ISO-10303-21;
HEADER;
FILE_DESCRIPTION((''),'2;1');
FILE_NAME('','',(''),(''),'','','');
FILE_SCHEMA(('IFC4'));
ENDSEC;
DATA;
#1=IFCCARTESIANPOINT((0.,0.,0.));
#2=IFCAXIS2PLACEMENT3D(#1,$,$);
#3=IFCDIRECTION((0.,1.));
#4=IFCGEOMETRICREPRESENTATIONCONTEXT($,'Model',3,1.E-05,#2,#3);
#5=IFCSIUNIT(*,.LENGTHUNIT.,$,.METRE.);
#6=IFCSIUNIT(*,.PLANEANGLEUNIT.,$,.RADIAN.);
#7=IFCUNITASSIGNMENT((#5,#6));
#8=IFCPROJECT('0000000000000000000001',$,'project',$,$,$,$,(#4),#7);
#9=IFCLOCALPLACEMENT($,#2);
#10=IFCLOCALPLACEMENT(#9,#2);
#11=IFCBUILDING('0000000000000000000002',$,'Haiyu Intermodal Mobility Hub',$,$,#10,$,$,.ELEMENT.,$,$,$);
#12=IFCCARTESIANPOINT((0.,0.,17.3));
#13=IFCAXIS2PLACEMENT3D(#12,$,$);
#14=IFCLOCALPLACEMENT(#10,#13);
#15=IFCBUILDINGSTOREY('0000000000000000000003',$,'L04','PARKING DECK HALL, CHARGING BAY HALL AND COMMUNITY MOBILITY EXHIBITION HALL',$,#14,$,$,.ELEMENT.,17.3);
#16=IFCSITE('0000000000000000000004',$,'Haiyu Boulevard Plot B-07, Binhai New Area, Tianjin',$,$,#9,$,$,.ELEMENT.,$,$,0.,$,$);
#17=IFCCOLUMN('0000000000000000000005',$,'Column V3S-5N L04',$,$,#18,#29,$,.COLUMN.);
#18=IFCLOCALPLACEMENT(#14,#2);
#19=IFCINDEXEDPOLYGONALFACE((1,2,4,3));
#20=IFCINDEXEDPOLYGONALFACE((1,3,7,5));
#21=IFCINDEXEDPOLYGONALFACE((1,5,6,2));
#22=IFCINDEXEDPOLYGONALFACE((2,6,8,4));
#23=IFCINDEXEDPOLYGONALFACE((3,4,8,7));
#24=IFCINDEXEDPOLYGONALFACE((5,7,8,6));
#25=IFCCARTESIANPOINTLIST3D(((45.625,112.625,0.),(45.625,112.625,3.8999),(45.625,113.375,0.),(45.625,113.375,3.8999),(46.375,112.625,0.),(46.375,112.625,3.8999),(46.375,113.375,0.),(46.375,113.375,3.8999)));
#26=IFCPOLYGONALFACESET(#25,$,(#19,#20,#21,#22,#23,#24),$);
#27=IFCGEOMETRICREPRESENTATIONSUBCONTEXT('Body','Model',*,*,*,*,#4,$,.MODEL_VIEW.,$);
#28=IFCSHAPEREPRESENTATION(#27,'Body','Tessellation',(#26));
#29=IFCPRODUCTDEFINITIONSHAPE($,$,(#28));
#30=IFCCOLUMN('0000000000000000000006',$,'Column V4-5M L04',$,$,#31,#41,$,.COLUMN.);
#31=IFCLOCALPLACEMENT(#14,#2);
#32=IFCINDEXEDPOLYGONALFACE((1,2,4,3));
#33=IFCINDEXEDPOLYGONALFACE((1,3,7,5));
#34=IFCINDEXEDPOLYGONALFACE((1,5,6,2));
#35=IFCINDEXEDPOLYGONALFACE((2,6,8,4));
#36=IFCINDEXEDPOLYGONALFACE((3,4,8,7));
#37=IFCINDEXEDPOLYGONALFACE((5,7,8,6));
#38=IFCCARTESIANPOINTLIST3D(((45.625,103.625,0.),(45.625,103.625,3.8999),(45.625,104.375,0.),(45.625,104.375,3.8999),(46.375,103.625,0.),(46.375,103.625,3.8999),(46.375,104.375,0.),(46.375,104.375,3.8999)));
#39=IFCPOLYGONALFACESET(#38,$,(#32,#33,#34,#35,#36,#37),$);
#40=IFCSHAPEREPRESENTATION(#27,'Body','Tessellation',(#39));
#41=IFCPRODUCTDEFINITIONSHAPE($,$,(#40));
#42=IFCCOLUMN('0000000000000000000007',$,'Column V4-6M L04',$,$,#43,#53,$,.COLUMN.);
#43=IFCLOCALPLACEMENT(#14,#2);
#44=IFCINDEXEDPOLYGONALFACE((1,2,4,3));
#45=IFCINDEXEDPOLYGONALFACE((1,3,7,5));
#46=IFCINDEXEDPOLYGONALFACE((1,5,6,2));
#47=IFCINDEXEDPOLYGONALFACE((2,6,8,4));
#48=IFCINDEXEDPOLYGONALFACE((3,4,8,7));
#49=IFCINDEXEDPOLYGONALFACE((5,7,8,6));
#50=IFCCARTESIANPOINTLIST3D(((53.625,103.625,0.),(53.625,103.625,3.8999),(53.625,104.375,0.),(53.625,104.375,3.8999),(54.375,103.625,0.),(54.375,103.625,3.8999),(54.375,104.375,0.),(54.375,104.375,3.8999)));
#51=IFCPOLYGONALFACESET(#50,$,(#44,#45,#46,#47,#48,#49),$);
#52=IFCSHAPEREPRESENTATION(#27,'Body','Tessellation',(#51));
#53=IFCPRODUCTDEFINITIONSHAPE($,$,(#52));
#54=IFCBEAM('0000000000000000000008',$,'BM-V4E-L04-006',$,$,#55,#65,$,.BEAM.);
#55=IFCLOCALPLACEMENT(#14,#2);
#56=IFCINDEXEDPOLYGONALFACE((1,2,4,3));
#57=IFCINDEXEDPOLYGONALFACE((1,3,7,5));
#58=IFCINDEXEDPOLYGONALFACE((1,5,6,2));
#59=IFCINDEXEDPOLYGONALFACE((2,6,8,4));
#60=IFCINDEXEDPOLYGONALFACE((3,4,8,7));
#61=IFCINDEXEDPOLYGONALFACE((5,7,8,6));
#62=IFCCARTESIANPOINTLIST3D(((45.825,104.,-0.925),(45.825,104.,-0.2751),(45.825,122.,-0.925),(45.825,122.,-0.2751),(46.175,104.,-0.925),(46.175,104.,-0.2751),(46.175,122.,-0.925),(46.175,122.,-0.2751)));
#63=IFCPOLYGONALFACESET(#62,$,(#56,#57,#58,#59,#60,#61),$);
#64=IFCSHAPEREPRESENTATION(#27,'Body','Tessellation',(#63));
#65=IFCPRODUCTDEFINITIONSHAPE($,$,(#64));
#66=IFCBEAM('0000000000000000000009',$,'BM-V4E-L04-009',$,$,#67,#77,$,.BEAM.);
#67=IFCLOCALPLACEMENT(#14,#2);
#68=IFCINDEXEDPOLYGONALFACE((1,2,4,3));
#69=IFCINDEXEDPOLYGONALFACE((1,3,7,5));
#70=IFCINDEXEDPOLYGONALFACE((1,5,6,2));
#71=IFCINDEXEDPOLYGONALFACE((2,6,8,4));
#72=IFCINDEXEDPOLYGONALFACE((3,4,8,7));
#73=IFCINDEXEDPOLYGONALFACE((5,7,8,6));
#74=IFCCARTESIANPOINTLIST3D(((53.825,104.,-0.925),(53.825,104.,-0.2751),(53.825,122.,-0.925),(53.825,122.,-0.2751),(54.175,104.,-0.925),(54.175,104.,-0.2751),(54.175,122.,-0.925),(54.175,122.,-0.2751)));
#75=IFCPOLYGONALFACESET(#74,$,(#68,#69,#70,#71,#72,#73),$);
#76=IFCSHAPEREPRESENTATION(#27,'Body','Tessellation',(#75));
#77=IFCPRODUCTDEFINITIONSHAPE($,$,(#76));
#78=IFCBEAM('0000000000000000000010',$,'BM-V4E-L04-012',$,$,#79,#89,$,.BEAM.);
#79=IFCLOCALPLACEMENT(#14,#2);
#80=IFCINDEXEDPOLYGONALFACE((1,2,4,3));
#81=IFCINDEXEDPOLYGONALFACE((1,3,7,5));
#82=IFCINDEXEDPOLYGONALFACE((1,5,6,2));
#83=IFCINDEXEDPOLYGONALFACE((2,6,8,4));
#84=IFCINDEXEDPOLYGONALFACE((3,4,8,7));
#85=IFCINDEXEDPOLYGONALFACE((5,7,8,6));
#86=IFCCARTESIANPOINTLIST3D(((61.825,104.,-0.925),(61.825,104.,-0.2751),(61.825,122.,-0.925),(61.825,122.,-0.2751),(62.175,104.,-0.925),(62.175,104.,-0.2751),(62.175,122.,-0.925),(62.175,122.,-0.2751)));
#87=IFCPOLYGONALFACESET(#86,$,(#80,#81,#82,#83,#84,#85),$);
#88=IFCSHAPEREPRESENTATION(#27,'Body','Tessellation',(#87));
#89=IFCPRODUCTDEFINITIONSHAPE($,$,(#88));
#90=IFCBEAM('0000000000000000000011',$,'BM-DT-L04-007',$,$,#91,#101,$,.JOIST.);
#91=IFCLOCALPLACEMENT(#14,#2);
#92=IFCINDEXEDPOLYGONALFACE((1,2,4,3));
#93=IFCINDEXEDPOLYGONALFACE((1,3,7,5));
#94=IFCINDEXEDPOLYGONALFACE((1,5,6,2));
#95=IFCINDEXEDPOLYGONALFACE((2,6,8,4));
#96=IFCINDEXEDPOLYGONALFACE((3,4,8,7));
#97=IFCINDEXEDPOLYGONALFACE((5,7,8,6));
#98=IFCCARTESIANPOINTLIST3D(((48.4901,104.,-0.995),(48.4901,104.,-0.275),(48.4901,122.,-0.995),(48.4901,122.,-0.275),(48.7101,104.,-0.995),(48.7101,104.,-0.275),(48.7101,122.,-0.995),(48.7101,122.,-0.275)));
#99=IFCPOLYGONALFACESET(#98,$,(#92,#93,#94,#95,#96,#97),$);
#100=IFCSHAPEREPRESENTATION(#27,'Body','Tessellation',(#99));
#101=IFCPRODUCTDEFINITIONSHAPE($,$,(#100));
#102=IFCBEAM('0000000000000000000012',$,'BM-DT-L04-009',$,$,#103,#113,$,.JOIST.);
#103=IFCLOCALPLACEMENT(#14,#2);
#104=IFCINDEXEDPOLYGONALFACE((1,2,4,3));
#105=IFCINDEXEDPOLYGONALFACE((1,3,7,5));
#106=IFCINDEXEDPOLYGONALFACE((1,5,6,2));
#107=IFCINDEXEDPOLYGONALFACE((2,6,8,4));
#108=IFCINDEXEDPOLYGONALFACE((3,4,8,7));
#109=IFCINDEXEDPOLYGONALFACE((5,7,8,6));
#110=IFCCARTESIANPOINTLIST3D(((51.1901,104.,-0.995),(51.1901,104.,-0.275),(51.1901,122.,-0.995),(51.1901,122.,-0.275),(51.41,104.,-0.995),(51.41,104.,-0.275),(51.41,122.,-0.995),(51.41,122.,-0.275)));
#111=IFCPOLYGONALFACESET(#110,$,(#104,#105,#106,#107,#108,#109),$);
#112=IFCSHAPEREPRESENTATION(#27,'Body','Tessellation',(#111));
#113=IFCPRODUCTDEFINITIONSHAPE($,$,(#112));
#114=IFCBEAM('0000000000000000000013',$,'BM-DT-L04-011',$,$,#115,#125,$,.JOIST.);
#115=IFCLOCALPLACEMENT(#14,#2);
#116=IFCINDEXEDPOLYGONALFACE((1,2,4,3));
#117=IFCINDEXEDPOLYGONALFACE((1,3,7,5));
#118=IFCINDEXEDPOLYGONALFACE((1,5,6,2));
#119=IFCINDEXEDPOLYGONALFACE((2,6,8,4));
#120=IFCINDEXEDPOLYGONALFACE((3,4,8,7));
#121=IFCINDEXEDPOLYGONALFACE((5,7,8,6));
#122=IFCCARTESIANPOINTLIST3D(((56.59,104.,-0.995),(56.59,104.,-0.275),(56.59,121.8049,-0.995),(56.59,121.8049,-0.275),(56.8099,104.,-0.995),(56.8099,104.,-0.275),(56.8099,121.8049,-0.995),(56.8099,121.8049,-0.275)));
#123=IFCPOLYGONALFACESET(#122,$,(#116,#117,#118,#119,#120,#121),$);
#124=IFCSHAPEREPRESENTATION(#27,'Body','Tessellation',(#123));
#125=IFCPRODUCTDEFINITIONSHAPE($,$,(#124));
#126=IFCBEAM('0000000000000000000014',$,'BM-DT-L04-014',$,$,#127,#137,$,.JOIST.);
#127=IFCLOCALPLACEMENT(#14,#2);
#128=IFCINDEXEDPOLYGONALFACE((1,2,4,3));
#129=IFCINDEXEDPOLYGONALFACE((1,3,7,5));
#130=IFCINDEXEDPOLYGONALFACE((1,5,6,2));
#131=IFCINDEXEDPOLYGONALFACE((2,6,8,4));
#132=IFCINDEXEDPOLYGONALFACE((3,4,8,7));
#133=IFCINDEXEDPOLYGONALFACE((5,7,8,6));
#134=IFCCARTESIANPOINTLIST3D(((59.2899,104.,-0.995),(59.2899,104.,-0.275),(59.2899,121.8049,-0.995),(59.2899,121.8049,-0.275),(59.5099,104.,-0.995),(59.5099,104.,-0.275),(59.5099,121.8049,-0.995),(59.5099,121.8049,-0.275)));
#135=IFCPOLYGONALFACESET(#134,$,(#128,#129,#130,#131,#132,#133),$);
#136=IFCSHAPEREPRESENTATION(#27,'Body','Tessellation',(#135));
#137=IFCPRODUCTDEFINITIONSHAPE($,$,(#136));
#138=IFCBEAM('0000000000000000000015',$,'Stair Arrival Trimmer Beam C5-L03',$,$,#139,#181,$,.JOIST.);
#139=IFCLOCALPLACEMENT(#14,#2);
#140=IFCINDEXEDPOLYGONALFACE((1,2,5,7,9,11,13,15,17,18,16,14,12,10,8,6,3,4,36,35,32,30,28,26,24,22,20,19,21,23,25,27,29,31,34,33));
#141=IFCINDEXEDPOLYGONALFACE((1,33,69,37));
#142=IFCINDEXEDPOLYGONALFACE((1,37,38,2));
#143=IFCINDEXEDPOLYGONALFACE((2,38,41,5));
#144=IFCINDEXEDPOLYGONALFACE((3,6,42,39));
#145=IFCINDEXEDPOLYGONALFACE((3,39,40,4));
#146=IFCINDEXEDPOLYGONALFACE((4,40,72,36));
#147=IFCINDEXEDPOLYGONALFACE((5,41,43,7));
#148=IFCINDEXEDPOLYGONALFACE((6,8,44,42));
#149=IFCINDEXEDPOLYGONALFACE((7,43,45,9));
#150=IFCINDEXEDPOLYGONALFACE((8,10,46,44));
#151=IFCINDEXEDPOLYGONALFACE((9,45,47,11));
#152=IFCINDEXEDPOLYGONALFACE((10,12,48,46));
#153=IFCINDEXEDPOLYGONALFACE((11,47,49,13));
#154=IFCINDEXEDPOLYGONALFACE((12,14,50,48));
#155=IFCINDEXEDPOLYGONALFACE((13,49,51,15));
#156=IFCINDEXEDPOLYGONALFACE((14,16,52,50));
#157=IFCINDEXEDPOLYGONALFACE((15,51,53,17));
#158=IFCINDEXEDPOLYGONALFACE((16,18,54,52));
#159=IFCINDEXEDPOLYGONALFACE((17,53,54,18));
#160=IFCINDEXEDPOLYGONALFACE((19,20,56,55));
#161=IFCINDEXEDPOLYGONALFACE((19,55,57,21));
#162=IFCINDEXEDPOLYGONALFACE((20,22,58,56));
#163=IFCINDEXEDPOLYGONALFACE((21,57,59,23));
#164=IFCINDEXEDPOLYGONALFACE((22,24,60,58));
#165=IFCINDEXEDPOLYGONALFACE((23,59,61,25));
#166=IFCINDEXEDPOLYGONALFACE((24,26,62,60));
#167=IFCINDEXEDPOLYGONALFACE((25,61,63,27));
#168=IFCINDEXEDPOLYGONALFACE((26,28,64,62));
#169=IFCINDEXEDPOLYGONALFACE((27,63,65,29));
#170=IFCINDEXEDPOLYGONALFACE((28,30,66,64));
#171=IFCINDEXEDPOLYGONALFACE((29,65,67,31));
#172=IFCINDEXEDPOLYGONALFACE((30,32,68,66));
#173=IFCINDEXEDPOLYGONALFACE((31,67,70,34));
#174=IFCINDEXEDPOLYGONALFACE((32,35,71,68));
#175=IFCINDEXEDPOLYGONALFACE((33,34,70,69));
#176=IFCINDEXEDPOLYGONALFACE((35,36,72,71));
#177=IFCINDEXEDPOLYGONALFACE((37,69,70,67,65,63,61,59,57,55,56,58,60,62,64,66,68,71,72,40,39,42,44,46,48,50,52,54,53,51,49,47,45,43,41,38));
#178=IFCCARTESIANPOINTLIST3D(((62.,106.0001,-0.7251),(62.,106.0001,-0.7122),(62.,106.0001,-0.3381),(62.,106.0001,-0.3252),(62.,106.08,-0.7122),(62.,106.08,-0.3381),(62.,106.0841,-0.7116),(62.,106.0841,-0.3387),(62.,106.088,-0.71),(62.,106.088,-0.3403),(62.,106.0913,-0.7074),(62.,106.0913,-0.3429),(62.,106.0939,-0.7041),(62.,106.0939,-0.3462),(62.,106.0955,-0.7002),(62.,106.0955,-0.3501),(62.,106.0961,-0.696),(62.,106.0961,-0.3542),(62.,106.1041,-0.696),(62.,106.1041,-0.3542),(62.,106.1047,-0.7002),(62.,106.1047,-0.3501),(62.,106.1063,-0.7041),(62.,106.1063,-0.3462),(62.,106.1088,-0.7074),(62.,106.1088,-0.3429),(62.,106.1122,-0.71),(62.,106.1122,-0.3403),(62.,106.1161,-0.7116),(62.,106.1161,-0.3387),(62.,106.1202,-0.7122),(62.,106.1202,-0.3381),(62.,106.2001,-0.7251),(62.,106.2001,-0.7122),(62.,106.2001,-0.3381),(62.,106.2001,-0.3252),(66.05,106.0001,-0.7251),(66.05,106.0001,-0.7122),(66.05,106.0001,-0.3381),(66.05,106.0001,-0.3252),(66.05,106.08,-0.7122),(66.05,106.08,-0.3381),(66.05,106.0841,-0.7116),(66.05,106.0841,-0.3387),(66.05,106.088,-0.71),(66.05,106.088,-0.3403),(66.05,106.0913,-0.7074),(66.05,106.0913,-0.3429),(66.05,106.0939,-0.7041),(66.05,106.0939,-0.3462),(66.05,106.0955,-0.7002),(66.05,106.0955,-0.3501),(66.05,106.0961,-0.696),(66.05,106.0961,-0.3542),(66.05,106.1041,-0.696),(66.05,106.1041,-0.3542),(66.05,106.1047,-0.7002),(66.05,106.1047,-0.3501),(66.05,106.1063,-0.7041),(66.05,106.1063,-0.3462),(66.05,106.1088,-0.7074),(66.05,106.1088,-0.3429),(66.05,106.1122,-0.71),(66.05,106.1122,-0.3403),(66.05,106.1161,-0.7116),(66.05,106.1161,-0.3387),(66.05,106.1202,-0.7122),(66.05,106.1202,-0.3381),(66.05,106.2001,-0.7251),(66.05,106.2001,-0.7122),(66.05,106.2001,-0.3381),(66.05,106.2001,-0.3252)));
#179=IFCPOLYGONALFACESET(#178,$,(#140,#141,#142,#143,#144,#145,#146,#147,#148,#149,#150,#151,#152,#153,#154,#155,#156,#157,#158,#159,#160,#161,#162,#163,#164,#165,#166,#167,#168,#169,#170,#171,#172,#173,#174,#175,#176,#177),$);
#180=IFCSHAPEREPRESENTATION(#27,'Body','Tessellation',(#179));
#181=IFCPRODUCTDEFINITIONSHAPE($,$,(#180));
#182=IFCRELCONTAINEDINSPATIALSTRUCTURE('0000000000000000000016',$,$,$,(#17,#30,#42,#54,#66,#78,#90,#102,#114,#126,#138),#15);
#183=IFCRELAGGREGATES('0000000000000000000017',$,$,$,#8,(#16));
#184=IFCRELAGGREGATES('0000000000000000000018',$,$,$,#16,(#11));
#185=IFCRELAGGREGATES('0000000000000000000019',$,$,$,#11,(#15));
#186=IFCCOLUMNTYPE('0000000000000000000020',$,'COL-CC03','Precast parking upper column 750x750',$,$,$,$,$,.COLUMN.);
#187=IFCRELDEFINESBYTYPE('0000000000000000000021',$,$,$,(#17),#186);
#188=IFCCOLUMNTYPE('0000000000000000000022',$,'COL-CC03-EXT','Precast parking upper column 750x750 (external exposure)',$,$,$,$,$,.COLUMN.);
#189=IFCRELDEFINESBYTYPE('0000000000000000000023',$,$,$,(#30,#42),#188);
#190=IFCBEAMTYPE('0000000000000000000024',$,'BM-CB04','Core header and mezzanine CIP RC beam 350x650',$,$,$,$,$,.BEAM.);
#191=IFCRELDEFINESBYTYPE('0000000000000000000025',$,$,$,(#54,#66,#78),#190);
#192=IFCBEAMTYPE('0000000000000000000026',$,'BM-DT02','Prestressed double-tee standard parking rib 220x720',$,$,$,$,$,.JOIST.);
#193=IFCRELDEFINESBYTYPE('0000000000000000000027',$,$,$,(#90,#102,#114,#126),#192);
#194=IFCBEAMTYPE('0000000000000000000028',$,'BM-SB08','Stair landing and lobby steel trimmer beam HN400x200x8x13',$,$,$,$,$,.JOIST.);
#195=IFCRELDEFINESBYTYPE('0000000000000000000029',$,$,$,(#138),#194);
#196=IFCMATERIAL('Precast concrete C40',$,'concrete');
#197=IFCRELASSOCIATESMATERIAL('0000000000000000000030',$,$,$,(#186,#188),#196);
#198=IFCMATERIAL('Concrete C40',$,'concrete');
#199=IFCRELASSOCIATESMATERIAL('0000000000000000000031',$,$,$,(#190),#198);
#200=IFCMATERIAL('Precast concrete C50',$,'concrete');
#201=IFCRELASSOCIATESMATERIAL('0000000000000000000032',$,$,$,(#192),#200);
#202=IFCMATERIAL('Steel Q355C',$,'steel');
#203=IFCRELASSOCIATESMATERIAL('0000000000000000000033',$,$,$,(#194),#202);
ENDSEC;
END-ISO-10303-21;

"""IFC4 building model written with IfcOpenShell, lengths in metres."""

from ifc_helpers import new_model, si_unit, direction, frame, origin, origin_2d, place, context, subcontext, project, spatial, rectangle, i_section, extrude, material, material_profile, profile_set, type_object, element, save


model = new_model("IFC4")

# Units and contexts
model_context = context("Model", 3, precision=1e-05, world=origin(), true_north=direction((0.0, 1.0)))
body_context = subcontext(model_context, "Body", "Model", "MODEL_VIEW")
ifc_project = project(units=[si_unit("LENGTHUNIT", "METRE"), si_unit("PLANEANGLEUNIT", "RADIAN")], contexts=[model_context])

# Site, building, storey
site_placement = place(None, origin())
site = spatial("IfcSite", under=ifc_project, at=site_placement, Name="Haiyu Boulevard Plot B-07, Binhai New Area, Tianjin", CompositionType="ELEMENT", RefElevation=0.0)
building_placement = place(site_placement, origin())
building = spatial("IfcBuilding", under=site, at=building_placement, Name="Haiyu Intermodal Mobility Hub", CompositionType="ELEMENT")
storey_placement = place(building_placement, frame((0.0, 0.0, 17.3)))
storey = spatial("IfcBuildingStorey", under=building, at=storey_placement, Name="L04", Description="PARKING DECK HALL, CHARGING BAY HALL AND COMMUNITY MOBILITY EXHIBITION HALL", CompositionType="ELEMENT", Elevation=17.3)

# Columns
ifc_material_1 = material(Name="Precast concrete C40", Category="concrete")
ifc_material_profile_1 = material_profile(ifc_material_1, rectangle(XDim=0.75, YDim=0.75, at=origin_2d()), Name="RC750x750")
ifc_profile_set_1 = profile_set([ifc_material_profile_1], Name="Precast concrete C40")
column_type_1 = type_object("IfcColumnType", Name="COL-CC03", Description="Precast parking upper column 750x750", PredefinedType="COLUMN", material=ifc_profile_set_1)
column_placement = place(storey_placement, frame((46.0, 113.0, 0.0), z_axis=(0.0, 0.0, 1.0), x_axis=(1.0, 0.0, 0.0)))
element("IfcColumn", 1, at=column_placement, inside=storey, type_object=column_type_1, Name="Column V3S-5N L04", PredefinedType="COLUMN", context=body_context, shape_type="SweptSolid", body=[
    extrude(rectangle(XDim=0.75, YDim=0.75, at=origin_2d()), origin(), (0.0, 0.0, 1.0), 3.8999),
])
ifc_material_profile_2 = material_profile(ifc_material_1, rectangle(XDim=0.75, YDim=0.75, at=origin_2d()), Name="RC750x750")
ifc_profile_set_2 = profile_set([ifc_material_profile_2], Name="Precast concrete C40")
column_type_2 = type_object("IfcColumnType", Name="COL-CC03-EXT", Description="Precast parking upper column 750x750 (external exposure)", PredefinedType="COLUMN", material=ifc_profile_set_2)
for number, where, z_axis, x_axis, name in (
    (2, (46.0, 104.0, 0.0), (0.0, 0.0, 1.0), (1.0, 0.0, 0.0), "Column V4-5M L04"),
    (3, (54.0, 104.0, 0.0), (0.0, 0.0, 1.0), (1.0, 0.0, 0.0), "Column V4-6M L04"),
):
    element("IfcColumn", number, at=place(storey_placement, frame(where, z_axis=z_axis, x_axis=x_axis)), inside=storey, type_object=column_type_2, Name=name, PredefinedType="COLUMN", context=body_context, shape_type="SweptSolid", body=[
        extrude(rectangle(XDim=0.75, YDim=0.75, at=origin_2d()), origin(), (0.0, 0.0, 1.0), 3.8999),
    ])

# Beams
ifc_material_2 = material(Name="Concrete C40", Category="concrete")
ifc_material_profile_3 = material_profile(ifc_material_2, rectangle(XDim=0.3501, YDim=0.6499, at=origin_2d()), Name="RCB350x650")
ifc_profile_set_3 = profile_set([ifc_material_profile_3], Name="Concrete C40")
beam_type_1 = type_object("IfcBeamType", Name="BM-CB04", Description="Core header and mezzanine CIP RC beam 350x650", PredefinedType="BEAM", material=ifc_profile_set_3)
for number, where, z_axis, x_axis, name in (
    (4, (46.0, 104.0, -0.6001), (0.0, 1.0, 0.0), (-1.0, 0.0, 0.0), "BM-V4E-L04-006"),
    (5, (54.0, 104.0, -0.6001), (0.0, 1.0, 0.0), (-1.0, 0.0, 0.0), "BM-V4E-L04-009"),
    (6, (62.0, 104.0, -0.6001), (0.0, 1.0, 0.0), (-1.0, 0.0, 0.0), "BM-V4E-L04-012"),
):
    element("IfcBeam", number, at=place(storey_placement, frame(where, z_axis=z_axis, x_axis=x_axis)), inside=storey, type_object=beam_type_1, Name=name, PredefinedType="BEAM", context=body_context, shape_type="SweptSolid", body=[
        extrude(rectangle(XDim=0.3501, YDim=0.6499, at=origin_2d()), origin(), (0.0, 0.0, 1.0), 18.0),
    ])
ifc_material_3 = material(Name="Precast concrete C50", Category="concrete")
ifc_material_profile_4 = material_profile(ifc_material_3, rectangle(XDim=0.22, YDim=0.72, at=origin_2d()), Name="PC220x720")
ifc_profile_set_4 = profile_set([ifc_material_profile_4], Name="Precast concrete C50")
beam_type_2 = type_object("IfcBeamType", Name="BM-DT02", Description="Prestressed double-tee standard parking rib 220x720", PredefinedType="JOIST", material=ifc_profile_set_4)
for number, where, z_axis, x_axis, name in (
    (7, (48.6001, 104.0, -0.635), (0.0, 1.0, 0.0), (-1.0, 0.0, 0.0), "BM-DT-L04-007"),
    (8, (51.3, 104.0, -0.635), (0.0, 1.0, 0.0), (-1.0, 0.0, 0.0), "BM-DT-L04-009"),
):
    element("IfcBeam", number, at=place(storey_placement, frame(where, z_axis=z_axis, x_axis=x_axis)), inside=storey, type_object=beam_type_2, Name=name, PredefinedType="JOIST", context=body_context, shape_type="SweptSolid", body=[
        extrude(rectangle(XDim=0.22, YDim=0.72, at=origin_2d()), origin(), (0.0, 0.0, 1.0), 18.0),
    ])
for number, where, z_axis, x_axis, name in (
    (9, (56.7, 104.0, -0.635), (0.0, 1.0, 0.0), (-1.0, 0.0, 0.0), "BM-DT-L04-011"),
    (10, (59.3999, 104.0, -0.635), (0.0, 1.0, 0.0), (-1.0, 0.0, 0.0), "BM-DT-L04-014"),
):
    element("IfcBeam", number, at=place(storey_placement, frame(where, z_axis=z_axis, x_axis=x_axis)), inside=storey, type_object=beam_type_2, Name=name, PredefinedType="JOIST", context=body_context, shape_type="SweptSolid", body=[
        extrude(rectangle(XDim=0.22, YDim=0.72, at=origin_2d()), origin(), (0.0, 0.0, 1.0), 17.8049),
    ])
ifc_material_4 = material(Name="Steel Q355C", Category="steel")
ifc_material_profile_5 = material_profile(ifc_material_4, i_section(OverallWidth=0.2, OverallDepth=0.3999, WebThickness=0.0081, FlangeThickness=0.0129, FilletRadius=0.0161, at=origin_2d()), Name="HN400x200x8x13")
ifc_profile_set_5 = profile_set([ifc_material_profile_5], Name="Steel Q355C")
beam_type_3 = type_object("IfcBeamType", Name="BM-SB08", Description="Stair landing and lobby steel trimmer beam HN400x200x8x13", PredefinedType="JOIST", material=ifc_profile_set_5)
for number, where, z_axis, x_axis, name in (
    (11, (62.0, 106.1001, -0.5251), (1.0, 0.0, 0.0), (0.0, 1.0, 0.0), "Stair Arrival Trimmer Beam C5-L03"),
):
    element("IfcBeam", number, at=place(storey_placement, frame(where, z_axis=z_axis, x_axis=x_axis)), inside=storey, type_object=beam_type_3, Name=name, PredefinedType="JOIST", context=body_context, shape_type="SweptSolid", body=[
        extrude(i_section(OverallWidth=0.2, OverallDepth=0.3999, WebThickness=0.0081, FlangeThickness=0.0129, FilletRadius=0.0161, at=origin_2d()), origin(), (0.0, 0.0, 1.0), 4.05),
    ])

save(model, "model.ifc")
